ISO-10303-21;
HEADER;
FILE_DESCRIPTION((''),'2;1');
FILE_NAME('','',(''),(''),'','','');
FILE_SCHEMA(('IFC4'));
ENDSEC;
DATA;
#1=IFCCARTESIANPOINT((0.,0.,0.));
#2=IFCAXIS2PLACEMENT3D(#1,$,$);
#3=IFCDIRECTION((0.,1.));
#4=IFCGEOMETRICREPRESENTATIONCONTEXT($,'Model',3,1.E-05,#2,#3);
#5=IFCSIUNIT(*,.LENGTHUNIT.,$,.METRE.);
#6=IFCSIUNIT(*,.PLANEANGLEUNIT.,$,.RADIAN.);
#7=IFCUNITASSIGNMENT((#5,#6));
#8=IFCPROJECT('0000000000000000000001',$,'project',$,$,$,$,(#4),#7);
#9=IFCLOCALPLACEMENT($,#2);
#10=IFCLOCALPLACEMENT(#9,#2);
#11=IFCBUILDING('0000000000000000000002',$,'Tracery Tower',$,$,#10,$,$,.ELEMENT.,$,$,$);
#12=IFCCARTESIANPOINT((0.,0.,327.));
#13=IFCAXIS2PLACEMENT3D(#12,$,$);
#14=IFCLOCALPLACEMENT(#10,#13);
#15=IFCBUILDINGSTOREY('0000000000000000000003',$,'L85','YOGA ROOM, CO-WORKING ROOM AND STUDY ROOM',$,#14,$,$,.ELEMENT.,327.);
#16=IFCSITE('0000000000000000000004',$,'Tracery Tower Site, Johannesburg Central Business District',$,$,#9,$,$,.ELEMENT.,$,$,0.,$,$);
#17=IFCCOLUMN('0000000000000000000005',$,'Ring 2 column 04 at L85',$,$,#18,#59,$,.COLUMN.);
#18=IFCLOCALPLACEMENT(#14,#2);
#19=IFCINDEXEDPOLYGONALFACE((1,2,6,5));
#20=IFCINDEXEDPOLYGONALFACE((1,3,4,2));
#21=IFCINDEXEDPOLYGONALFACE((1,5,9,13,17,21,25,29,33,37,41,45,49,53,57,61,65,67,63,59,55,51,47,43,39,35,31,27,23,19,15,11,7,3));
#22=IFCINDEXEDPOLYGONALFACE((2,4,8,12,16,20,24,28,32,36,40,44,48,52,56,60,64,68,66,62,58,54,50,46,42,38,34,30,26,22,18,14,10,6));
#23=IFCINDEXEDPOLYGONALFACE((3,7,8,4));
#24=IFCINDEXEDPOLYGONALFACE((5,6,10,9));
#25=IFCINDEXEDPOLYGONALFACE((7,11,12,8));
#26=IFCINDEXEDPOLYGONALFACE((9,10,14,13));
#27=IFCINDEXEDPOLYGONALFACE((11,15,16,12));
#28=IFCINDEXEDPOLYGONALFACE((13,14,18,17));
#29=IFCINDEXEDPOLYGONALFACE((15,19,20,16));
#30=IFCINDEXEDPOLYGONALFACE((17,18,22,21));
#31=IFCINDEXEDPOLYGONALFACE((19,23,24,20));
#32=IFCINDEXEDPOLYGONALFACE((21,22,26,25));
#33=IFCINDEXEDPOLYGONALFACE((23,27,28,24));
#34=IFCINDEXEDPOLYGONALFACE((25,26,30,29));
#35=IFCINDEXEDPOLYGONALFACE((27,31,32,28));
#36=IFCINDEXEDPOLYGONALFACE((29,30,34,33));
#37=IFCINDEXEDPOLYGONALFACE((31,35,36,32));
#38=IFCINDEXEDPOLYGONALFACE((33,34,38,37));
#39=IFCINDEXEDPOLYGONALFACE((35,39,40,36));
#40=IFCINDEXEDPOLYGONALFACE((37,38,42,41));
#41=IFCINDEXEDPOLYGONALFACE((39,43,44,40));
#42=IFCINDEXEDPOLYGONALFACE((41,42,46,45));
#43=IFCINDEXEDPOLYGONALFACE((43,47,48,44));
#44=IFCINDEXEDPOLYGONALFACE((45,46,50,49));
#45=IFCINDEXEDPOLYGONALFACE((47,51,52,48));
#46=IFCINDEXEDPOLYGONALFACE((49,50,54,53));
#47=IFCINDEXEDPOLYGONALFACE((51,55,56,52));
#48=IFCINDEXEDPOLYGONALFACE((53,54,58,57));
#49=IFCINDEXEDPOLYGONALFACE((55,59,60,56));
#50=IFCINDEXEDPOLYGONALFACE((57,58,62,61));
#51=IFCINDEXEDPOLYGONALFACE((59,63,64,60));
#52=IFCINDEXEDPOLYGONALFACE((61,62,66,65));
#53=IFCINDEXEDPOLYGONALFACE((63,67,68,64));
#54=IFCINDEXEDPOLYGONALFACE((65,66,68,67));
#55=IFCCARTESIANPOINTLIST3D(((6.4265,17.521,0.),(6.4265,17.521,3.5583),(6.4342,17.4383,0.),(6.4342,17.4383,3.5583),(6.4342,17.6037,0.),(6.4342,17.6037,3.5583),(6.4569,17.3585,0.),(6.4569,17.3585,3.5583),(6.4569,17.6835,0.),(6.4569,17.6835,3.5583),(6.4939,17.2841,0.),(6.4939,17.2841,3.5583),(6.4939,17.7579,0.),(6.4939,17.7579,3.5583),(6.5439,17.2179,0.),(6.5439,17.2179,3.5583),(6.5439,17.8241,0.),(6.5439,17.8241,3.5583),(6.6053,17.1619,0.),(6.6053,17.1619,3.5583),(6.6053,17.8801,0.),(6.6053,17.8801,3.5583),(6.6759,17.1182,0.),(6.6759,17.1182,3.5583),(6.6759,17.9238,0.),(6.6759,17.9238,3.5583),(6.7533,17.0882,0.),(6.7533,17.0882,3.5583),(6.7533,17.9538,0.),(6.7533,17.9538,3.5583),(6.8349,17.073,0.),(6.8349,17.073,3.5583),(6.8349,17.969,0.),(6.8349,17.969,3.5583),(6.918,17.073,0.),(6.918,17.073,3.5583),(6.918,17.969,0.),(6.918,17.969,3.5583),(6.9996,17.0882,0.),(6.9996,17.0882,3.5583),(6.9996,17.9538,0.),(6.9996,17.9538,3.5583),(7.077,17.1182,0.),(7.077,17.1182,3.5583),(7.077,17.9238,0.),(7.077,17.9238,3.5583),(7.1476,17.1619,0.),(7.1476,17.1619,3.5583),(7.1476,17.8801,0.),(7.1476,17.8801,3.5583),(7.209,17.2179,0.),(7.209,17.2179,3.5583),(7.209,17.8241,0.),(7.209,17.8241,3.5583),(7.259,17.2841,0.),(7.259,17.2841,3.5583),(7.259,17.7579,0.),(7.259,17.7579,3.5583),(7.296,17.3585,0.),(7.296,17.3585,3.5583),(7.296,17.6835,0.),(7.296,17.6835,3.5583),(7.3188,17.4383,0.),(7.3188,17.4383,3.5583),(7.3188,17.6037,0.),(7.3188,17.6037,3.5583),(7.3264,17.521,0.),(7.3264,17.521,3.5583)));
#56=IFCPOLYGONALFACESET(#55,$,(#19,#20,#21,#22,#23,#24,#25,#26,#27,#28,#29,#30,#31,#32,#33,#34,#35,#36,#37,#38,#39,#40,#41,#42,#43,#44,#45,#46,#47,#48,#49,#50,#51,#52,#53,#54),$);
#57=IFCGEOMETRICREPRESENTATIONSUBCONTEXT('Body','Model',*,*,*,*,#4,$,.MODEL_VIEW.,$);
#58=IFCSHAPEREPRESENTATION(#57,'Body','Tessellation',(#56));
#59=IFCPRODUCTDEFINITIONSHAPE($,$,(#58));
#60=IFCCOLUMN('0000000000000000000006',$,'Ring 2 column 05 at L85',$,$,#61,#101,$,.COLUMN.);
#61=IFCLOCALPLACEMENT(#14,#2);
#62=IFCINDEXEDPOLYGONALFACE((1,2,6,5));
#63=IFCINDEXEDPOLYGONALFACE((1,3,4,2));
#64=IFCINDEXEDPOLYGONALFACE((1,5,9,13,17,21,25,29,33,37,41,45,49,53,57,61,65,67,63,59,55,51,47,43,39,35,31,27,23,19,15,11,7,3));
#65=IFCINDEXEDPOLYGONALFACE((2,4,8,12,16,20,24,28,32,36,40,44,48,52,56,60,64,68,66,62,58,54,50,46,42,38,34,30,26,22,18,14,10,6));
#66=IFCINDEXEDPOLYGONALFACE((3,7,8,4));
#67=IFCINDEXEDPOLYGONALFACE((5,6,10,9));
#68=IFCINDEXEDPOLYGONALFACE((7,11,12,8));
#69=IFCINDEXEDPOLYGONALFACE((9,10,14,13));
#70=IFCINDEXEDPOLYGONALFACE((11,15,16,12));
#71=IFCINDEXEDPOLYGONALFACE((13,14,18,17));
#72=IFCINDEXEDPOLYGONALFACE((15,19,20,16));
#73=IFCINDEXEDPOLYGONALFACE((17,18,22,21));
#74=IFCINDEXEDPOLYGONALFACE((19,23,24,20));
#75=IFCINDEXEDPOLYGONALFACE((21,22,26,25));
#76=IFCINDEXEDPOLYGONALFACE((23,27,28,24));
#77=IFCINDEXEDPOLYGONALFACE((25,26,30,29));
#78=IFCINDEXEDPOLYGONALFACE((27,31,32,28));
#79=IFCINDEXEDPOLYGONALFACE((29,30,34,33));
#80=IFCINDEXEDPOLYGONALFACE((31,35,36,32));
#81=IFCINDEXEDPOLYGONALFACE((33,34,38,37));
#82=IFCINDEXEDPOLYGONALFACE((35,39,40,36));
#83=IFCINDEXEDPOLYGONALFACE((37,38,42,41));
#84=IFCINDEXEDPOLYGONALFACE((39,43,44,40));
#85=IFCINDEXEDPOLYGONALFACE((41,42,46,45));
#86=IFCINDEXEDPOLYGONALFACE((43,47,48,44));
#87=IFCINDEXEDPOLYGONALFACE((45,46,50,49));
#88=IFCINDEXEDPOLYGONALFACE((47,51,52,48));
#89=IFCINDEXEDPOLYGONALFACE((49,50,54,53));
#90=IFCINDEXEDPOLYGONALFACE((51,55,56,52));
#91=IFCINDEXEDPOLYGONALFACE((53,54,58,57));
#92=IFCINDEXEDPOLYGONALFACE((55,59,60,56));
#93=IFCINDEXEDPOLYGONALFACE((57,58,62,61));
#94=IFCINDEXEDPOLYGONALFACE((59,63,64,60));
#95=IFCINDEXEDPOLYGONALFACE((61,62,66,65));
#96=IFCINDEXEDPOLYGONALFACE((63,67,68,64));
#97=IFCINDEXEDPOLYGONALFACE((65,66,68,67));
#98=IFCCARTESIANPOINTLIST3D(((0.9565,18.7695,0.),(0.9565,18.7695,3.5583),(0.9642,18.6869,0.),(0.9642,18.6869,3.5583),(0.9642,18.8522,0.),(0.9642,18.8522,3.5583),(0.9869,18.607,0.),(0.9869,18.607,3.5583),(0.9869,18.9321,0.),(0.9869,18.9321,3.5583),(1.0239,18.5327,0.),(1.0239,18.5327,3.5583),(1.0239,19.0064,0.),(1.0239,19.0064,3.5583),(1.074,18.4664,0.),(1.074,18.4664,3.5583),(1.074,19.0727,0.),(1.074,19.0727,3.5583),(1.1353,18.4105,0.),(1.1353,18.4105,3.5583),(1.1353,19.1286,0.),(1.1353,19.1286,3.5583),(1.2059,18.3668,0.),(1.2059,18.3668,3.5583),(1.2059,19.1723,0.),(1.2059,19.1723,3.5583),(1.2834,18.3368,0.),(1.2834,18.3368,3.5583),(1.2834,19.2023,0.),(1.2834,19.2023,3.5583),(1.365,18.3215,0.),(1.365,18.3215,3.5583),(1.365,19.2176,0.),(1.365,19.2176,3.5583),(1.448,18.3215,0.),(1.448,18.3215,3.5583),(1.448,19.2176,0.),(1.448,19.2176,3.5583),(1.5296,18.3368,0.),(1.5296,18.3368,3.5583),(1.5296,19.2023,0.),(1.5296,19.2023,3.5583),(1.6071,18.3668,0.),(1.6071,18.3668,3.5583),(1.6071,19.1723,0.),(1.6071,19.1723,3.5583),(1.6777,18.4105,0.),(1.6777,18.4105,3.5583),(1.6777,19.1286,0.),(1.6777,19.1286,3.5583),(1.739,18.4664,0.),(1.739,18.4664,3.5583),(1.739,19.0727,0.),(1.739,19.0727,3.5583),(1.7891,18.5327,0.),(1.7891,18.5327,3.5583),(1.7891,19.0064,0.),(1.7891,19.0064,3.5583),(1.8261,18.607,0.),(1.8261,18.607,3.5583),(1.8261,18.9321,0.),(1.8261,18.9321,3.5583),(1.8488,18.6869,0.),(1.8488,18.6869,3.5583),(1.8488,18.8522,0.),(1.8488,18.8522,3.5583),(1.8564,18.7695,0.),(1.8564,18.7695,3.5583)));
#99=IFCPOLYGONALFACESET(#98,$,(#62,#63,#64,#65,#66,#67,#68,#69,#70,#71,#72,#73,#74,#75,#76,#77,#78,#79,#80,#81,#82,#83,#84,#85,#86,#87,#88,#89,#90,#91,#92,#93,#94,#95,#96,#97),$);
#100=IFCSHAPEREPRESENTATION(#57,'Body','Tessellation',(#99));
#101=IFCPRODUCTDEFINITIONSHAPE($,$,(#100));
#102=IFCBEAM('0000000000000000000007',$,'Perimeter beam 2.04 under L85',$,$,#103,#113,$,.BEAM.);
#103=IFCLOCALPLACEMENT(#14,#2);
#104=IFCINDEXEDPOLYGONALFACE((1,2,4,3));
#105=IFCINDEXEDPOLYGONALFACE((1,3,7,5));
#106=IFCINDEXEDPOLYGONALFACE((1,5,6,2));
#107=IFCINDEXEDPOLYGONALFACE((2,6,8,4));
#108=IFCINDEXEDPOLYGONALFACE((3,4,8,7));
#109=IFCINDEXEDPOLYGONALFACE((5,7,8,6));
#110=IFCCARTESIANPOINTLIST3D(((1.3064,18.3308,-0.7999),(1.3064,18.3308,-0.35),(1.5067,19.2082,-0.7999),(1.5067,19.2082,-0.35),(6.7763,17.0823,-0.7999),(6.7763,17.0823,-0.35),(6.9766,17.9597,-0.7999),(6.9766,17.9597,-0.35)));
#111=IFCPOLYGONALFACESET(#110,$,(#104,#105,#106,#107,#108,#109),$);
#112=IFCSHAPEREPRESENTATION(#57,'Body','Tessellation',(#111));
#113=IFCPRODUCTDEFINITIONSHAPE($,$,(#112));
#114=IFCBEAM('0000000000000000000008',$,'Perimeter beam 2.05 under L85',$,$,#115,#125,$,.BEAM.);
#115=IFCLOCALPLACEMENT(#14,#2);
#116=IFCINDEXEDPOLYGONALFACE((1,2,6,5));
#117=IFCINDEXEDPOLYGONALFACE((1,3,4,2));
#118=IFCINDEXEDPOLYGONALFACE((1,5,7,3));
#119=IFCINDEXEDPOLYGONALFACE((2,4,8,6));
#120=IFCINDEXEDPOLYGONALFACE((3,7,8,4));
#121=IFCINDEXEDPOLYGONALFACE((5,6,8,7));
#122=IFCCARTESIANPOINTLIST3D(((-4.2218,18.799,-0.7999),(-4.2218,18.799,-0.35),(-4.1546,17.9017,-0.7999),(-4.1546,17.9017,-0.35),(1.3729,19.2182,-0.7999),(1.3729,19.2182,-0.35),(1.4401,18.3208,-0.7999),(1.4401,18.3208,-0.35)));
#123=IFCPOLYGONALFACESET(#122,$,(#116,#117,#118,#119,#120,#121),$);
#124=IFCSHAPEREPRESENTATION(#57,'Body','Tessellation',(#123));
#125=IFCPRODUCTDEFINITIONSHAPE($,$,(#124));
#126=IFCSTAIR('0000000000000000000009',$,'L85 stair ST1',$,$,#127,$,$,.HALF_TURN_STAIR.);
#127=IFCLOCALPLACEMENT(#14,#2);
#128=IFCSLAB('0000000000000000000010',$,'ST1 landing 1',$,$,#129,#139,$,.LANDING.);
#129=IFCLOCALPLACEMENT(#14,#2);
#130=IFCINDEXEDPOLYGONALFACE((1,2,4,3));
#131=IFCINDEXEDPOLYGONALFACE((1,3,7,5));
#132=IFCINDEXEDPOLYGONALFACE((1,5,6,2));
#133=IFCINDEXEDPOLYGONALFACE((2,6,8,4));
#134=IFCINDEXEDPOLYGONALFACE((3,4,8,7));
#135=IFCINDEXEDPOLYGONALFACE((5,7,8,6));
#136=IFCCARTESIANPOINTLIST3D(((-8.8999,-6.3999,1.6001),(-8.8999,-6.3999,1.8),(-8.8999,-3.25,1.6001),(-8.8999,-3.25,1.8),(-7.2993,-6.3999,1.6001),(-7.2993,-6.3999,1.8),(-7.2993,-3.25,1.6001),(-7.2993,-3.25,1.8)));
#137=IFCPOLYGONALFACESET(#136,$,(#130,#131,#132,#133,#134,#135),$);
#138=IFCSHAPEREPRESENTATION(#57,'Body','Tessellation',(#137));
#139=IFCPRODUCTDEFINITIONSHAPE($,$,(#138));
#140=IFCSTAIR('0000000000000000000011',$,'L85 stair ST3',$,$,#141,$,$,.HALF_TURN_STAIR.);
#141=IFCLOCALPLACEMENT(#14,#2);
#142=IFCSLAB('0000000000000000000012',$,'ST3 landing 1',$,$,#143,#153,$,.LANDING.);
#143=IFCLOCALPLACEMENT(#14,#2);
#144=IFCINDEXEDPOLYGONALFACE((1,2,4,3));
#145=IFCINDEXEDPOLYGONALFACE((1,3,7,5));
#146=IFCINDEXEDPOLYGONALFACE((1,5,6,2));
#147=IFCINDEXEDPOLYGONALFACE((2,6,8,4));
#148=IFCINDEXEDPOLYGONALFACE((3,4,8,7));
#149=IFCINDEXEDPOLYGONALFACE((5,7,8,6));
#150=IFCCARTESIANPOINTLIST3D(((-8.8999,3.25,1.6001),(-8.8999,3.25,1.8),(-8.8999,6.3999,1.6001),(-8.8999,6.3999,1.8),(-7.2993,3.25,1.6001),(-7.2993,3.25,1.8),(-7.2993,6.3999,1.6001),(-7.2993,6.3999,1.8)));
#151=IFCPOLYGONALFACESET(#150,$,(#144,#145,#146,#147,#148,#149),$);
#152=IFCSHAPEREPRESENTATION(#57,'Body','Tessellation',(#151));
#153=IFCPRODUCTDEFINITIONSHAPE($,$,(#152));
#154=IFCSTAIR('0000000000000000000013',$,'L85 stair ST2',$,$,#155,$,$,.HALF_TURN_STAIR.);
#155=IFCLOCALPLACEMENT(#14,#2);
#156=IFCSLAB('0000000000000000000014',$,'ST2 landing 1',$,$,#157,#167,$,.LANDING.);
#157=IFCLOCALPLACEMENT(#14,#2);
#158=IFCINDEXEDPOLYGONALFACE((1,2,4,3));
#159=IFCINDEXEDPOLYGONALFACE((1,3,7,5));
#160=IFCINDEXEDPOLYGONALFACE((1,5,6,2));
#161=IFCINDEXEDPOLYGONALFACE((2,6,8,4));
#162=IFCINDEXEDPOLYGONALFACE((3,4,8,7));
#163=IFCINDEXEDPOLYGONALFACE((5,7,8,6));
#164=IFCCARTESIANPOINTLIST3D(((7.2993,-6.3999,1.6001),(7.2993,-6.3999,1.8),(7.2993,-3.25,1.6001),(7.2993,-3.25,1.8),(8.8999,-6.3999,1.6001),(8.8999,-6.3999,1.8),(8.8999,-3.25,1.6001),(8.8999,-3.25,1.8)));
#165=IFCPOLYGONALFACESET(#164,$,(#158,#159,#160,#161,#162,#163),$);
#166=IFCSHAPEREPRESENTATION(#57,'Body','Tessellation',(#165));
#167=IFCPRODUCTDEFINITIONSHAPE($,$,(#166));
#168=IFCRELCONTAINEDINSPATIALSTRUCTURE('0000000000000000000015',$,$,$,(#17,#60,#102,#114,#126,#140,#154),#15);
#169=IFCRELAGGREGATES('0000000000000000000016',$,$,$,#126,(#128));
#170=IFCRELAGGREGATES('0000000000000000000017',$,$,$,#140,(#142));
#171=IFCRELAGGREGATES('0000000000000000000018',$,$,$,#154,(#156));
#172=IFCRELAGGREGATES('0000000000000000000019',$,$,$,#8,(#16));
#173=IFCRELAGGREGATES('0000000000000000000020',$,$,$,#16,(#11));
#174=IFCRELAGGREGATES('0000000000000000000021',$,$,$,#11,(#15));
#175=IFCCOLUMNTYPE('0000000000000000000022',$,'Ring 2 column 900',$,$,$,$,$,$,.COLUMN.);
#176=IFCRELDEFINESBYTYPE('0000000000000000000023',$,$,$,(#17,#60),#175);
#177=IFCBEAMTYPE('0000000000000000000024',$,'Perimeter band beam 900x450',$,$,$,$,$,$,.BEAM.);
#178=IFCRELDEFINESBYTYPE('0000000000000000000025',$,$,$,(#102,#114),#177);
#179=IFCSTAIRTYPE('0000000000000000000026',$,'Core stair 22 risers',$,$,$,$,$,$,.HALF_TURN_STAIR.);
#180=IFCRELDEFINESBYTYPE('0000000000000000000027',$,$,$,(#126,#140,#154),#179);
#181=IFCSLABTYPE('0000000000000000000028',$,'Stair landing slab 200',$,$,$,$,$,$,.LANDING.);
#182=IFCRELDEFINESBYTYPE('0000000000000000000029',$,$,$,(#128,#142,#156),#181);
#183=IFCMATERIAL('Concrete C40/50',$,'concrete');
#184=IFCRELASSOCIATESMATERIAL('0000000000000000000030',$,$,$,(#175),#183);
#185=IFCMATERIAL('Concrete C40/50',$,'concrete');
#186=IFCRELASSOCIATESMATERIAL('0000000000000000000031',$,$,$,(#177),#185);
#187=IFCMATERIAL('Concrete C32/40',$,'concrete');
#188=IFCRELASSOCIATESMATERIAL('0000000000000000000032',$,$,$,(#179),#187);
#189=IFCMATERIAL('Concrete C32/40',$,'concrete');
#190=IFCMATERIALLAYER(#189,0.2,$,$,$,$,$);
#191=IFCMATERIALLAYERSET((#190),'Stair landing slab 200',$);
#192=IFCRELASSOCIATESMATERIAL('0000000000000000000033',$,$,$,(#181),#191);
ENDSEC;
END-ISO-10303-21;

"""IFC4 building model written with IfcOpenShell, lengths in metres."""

from ifc_helpers import new_model, si_unit, direction, frame, origin, origin_2d, place, context, subcontext, project, spatial, polyline, rectangle, circle, outline, extrude, material, layer, layer_set, material_profile, profile_set, type_object, element, aggregate, save


model = new_model("IFC4")

# Units and contexts
model_context = context("Model", 3, precision=1e-05, world=origin(), true_north=direction((0.0, 1.0)))
body_context = subcontext(model_context, "Body", "Model", "MODEL_VIEW")
ifc_project = project(units=[si_unit("LENGTHUNIT", "METRE"), si_unit("PLANEANGLEUNIT", "RADIAN")], contexts=[model_context])

# Site, building, storey
site_placement = place(None, origin())
site = spatial("IfcSite", under=ifc_project, at=site_placement, Name="Tracery Tower Site, Johannesburg Central Business District", CompositionType="ELEMENT", RefElevation=0.0)
building_placement = place(site_placement, origin())
building = spatial("IfcBuilding", under=site, at=building_placement, Name="Tracery Tower", CompositionType="ELEMENT")
storey_placement = place(building_placement, frame((0.0, 0.0, 327.0)))
storey = spatial("IfcBuildingStorey", under=building, at=storey_placement, Name="L85", Description="YOGA ROOM, CO-WORKING ROOM AND STUDY ROOM", CompositionType="ELEMENT", Elevation=327.0)

# Columns
ifc_material_1 = material(Name="Concrete C40/50", Category="concrete")
ifc_material_profile_1 = material_profile(ifc_material_1, circle(Radius=0.45, at=origin_2d()), Name="RC D900")
ifc_profile_set_1 = profile_set([ifc_material_profile_1], Name="Concrete C40/50")
column_type = type_object("IfcColumnType", Name="Ring 2 column 900", PredefinedType="COLUMN", material=ifc_profile_set_1)
for number, where, z_axis, x_axis, name in (
    (1, (6.8765, 17.521, 0.0), (0.0, 0.0, 1.0), (1.0, 0.0, 0.0), "Ring 2 column 04 at L85"),
    (2, (1.4065, 18.7695, 0.0), (0.0, 0.0, 1.0), (1.0, 0.0, 0.0), "Ring 2 column 05 at L85"),
):
    element("IfcColumn", number, at=place(storey_placement, frame(where, z_axis=z_axis, x_axis=x_axis)), inside=storey, type_object=column_type, Name=name, PredefinedType="COLUMN", context=body_context, shape_type="SweptSolid", body=[
        extrude(circle(Radius=0.45, at=origin_2d()), origin(), (0.0, 0.0, 1.0), 3.5583),
    ])

# Beams
ifc_material_2 = material(Name="Concrete C40/50", Category="concrete")
ifc_material_profile_2 = material_profile(ifc_material_2, rectangle(XDim=0.8999, YDim=0.45, at=origin_2d()), Name="RC 900x450")
ifc_profile_set_2 = profile_set([ifc_material_profile_2], Name="Concrete C40/50")
beam_type = type_object("IfcBeamType", Name="Perimeter band beam 900x450", PredefinedType="BEAM", material=ifc_profile_set_2)
beam_1_placement = place(storey_placement, frame((6.8765, 17.521, -0.575), z_axis=(-0.974926, 0.222529, 0.0), x_axis=(-0.222529, -0.974926, 0.0)))
element("IfcBeam", 3, at=beam_1_placement, inside=storey, type_object=beam_type, Name="Perimeter beam 2.04 under L85", PredefinedType="BEAM", context=body_context, shape_type="SweptSolid", body=[
    extrude(rectangle(XDim=0.8999, YDim=0.45, at=origin_2d()), origin(), (0.0, 0.0, 1.0), 5.6106),
])
beam_2_placement = place(storey_placement, frame((1.4065, 18.7695, -0.575), z_axis=(-0.997205, -0.074716, 0.0), x_axis=(0.074716, -0.997205, 0.0)))
element("IfcBeam", 4, at=beam_2_placement, inside=storey, type_object=beam_type, Name="Perimeter beam 2.05 under L85", PredefinedType="BEAM", context=body_context, shape_type="SweptSolid", body=[
    extrude(rectangle(XDim=0.8999, YDim=0.45, at=origin_2d()), origin(), (0.0, 0.0, 1.0), 5.6104),
])

# Stairs, slabs
ifc_material_3 = material(Name="Concrete C32/40", Category="concrete")
stair_type = type_object("IfcStairType", Name="Core stair 22 risers", PredefinedType="HALF_TURN_STAIR", material=ifc_material_3)
stair_1_placement = place(storey_placement, origin())
stair_1 = element("IfcStair", 5, at=stair_1_placement, inside=storey, type_object=stair_type, Name="L85 stair ST1", PredefinedType="HALF_TURN_STAIR")
ifc_material_4 = material(Name="Concrete C32/40", Category="concrete")
ifc_layer_1 = layer(ifc_material_4, 0.2)
ifc_layer_set_1 = layer_set([ifc_layer_1], Name="Stair landing slab 200")
slab_type = type_object("IfcSlabType", Name="Stair landing slab 200", PredefinedType="LANDING", material=ifc_layer_set_1)
slab_1_placement = place(storey_placement, frame((0.0, 0.0, 1.6001)))
slab_1 = element("IfcSlab", 6, at=slab_1_placement, type_object=slab_type, Name="ST1 landing 1", PredefinedType="LANDING", context=body_context, shape_type="SweptSolid", body=[
    extrude(outline(polyline([(-7.2993, -3.25), (-8.8999, -3.25), (-8.8999, -6.3999), (-7.2993, -6.3999), (-7.2993, -3.25)])), origin(), (0.0, 0.0, 1.0), 0.2),
])
aggregate(stair_1, [slab_1])
stair_2_placement = place(storey_placement, origin())
stair_2 = element("IfcStair", 7, at=stair_2_placement, inside=storey, type_object=stair_type, Name="L85 stair ST3", PredefinedType="HALF_TURN_STAIR")
slab_2_placement = place(storey_placement, frame((0.0, 0.0, 1.6001)))
slab_2 = element("IfcSlab", 8, at=slab_2_placement, type_object=slab_type, Name="ST3 landing 1", PredefinedType="LANDING", context=body_context, shape_type="SweptSolid", body=[
    extrude(outline(polyline([(-7.2993, 6.3999), (-8.8999, 6.3999), (-8.8999, 3.25), (-7.2993, 3.25), (-7.2993, 6.3999)])), origin(), (0.0, 0.0, 1.0), 0.2),
])
aggregate(stair_2, [slab_2])
stair_3_placement = place(storey_placement, origin())
stair_3 = element("IfcStair", 9, at=stair_3_placement, inside=storey, type_object=stair_type, Name="L85 stair ST2", PredefinedType="HALF_TURN_STAIR")
slab_3_placement = place(storey_placement, frame((0.0, 0.0, 1.6001)))
slab_3 = element("IfcSlab", 10, at=slab_3_placement, type_object=slab_type, Name="ST2 landing 1", PredefinedType="LANDING", context=body_context, shape_type="SweptSolid", body=[
    extrude(outline(polyline([(7.2993, -6.3999), (8.8999, -6.3999), (8.8999, -3.25), (7.2993, -3.25), (7.2993, -6.3999)])), origin(), (0.0, 0.0, 1.0), 0.2),
])
aggregate(stair_3, [slab_3])

save(model, "model.ifc")
